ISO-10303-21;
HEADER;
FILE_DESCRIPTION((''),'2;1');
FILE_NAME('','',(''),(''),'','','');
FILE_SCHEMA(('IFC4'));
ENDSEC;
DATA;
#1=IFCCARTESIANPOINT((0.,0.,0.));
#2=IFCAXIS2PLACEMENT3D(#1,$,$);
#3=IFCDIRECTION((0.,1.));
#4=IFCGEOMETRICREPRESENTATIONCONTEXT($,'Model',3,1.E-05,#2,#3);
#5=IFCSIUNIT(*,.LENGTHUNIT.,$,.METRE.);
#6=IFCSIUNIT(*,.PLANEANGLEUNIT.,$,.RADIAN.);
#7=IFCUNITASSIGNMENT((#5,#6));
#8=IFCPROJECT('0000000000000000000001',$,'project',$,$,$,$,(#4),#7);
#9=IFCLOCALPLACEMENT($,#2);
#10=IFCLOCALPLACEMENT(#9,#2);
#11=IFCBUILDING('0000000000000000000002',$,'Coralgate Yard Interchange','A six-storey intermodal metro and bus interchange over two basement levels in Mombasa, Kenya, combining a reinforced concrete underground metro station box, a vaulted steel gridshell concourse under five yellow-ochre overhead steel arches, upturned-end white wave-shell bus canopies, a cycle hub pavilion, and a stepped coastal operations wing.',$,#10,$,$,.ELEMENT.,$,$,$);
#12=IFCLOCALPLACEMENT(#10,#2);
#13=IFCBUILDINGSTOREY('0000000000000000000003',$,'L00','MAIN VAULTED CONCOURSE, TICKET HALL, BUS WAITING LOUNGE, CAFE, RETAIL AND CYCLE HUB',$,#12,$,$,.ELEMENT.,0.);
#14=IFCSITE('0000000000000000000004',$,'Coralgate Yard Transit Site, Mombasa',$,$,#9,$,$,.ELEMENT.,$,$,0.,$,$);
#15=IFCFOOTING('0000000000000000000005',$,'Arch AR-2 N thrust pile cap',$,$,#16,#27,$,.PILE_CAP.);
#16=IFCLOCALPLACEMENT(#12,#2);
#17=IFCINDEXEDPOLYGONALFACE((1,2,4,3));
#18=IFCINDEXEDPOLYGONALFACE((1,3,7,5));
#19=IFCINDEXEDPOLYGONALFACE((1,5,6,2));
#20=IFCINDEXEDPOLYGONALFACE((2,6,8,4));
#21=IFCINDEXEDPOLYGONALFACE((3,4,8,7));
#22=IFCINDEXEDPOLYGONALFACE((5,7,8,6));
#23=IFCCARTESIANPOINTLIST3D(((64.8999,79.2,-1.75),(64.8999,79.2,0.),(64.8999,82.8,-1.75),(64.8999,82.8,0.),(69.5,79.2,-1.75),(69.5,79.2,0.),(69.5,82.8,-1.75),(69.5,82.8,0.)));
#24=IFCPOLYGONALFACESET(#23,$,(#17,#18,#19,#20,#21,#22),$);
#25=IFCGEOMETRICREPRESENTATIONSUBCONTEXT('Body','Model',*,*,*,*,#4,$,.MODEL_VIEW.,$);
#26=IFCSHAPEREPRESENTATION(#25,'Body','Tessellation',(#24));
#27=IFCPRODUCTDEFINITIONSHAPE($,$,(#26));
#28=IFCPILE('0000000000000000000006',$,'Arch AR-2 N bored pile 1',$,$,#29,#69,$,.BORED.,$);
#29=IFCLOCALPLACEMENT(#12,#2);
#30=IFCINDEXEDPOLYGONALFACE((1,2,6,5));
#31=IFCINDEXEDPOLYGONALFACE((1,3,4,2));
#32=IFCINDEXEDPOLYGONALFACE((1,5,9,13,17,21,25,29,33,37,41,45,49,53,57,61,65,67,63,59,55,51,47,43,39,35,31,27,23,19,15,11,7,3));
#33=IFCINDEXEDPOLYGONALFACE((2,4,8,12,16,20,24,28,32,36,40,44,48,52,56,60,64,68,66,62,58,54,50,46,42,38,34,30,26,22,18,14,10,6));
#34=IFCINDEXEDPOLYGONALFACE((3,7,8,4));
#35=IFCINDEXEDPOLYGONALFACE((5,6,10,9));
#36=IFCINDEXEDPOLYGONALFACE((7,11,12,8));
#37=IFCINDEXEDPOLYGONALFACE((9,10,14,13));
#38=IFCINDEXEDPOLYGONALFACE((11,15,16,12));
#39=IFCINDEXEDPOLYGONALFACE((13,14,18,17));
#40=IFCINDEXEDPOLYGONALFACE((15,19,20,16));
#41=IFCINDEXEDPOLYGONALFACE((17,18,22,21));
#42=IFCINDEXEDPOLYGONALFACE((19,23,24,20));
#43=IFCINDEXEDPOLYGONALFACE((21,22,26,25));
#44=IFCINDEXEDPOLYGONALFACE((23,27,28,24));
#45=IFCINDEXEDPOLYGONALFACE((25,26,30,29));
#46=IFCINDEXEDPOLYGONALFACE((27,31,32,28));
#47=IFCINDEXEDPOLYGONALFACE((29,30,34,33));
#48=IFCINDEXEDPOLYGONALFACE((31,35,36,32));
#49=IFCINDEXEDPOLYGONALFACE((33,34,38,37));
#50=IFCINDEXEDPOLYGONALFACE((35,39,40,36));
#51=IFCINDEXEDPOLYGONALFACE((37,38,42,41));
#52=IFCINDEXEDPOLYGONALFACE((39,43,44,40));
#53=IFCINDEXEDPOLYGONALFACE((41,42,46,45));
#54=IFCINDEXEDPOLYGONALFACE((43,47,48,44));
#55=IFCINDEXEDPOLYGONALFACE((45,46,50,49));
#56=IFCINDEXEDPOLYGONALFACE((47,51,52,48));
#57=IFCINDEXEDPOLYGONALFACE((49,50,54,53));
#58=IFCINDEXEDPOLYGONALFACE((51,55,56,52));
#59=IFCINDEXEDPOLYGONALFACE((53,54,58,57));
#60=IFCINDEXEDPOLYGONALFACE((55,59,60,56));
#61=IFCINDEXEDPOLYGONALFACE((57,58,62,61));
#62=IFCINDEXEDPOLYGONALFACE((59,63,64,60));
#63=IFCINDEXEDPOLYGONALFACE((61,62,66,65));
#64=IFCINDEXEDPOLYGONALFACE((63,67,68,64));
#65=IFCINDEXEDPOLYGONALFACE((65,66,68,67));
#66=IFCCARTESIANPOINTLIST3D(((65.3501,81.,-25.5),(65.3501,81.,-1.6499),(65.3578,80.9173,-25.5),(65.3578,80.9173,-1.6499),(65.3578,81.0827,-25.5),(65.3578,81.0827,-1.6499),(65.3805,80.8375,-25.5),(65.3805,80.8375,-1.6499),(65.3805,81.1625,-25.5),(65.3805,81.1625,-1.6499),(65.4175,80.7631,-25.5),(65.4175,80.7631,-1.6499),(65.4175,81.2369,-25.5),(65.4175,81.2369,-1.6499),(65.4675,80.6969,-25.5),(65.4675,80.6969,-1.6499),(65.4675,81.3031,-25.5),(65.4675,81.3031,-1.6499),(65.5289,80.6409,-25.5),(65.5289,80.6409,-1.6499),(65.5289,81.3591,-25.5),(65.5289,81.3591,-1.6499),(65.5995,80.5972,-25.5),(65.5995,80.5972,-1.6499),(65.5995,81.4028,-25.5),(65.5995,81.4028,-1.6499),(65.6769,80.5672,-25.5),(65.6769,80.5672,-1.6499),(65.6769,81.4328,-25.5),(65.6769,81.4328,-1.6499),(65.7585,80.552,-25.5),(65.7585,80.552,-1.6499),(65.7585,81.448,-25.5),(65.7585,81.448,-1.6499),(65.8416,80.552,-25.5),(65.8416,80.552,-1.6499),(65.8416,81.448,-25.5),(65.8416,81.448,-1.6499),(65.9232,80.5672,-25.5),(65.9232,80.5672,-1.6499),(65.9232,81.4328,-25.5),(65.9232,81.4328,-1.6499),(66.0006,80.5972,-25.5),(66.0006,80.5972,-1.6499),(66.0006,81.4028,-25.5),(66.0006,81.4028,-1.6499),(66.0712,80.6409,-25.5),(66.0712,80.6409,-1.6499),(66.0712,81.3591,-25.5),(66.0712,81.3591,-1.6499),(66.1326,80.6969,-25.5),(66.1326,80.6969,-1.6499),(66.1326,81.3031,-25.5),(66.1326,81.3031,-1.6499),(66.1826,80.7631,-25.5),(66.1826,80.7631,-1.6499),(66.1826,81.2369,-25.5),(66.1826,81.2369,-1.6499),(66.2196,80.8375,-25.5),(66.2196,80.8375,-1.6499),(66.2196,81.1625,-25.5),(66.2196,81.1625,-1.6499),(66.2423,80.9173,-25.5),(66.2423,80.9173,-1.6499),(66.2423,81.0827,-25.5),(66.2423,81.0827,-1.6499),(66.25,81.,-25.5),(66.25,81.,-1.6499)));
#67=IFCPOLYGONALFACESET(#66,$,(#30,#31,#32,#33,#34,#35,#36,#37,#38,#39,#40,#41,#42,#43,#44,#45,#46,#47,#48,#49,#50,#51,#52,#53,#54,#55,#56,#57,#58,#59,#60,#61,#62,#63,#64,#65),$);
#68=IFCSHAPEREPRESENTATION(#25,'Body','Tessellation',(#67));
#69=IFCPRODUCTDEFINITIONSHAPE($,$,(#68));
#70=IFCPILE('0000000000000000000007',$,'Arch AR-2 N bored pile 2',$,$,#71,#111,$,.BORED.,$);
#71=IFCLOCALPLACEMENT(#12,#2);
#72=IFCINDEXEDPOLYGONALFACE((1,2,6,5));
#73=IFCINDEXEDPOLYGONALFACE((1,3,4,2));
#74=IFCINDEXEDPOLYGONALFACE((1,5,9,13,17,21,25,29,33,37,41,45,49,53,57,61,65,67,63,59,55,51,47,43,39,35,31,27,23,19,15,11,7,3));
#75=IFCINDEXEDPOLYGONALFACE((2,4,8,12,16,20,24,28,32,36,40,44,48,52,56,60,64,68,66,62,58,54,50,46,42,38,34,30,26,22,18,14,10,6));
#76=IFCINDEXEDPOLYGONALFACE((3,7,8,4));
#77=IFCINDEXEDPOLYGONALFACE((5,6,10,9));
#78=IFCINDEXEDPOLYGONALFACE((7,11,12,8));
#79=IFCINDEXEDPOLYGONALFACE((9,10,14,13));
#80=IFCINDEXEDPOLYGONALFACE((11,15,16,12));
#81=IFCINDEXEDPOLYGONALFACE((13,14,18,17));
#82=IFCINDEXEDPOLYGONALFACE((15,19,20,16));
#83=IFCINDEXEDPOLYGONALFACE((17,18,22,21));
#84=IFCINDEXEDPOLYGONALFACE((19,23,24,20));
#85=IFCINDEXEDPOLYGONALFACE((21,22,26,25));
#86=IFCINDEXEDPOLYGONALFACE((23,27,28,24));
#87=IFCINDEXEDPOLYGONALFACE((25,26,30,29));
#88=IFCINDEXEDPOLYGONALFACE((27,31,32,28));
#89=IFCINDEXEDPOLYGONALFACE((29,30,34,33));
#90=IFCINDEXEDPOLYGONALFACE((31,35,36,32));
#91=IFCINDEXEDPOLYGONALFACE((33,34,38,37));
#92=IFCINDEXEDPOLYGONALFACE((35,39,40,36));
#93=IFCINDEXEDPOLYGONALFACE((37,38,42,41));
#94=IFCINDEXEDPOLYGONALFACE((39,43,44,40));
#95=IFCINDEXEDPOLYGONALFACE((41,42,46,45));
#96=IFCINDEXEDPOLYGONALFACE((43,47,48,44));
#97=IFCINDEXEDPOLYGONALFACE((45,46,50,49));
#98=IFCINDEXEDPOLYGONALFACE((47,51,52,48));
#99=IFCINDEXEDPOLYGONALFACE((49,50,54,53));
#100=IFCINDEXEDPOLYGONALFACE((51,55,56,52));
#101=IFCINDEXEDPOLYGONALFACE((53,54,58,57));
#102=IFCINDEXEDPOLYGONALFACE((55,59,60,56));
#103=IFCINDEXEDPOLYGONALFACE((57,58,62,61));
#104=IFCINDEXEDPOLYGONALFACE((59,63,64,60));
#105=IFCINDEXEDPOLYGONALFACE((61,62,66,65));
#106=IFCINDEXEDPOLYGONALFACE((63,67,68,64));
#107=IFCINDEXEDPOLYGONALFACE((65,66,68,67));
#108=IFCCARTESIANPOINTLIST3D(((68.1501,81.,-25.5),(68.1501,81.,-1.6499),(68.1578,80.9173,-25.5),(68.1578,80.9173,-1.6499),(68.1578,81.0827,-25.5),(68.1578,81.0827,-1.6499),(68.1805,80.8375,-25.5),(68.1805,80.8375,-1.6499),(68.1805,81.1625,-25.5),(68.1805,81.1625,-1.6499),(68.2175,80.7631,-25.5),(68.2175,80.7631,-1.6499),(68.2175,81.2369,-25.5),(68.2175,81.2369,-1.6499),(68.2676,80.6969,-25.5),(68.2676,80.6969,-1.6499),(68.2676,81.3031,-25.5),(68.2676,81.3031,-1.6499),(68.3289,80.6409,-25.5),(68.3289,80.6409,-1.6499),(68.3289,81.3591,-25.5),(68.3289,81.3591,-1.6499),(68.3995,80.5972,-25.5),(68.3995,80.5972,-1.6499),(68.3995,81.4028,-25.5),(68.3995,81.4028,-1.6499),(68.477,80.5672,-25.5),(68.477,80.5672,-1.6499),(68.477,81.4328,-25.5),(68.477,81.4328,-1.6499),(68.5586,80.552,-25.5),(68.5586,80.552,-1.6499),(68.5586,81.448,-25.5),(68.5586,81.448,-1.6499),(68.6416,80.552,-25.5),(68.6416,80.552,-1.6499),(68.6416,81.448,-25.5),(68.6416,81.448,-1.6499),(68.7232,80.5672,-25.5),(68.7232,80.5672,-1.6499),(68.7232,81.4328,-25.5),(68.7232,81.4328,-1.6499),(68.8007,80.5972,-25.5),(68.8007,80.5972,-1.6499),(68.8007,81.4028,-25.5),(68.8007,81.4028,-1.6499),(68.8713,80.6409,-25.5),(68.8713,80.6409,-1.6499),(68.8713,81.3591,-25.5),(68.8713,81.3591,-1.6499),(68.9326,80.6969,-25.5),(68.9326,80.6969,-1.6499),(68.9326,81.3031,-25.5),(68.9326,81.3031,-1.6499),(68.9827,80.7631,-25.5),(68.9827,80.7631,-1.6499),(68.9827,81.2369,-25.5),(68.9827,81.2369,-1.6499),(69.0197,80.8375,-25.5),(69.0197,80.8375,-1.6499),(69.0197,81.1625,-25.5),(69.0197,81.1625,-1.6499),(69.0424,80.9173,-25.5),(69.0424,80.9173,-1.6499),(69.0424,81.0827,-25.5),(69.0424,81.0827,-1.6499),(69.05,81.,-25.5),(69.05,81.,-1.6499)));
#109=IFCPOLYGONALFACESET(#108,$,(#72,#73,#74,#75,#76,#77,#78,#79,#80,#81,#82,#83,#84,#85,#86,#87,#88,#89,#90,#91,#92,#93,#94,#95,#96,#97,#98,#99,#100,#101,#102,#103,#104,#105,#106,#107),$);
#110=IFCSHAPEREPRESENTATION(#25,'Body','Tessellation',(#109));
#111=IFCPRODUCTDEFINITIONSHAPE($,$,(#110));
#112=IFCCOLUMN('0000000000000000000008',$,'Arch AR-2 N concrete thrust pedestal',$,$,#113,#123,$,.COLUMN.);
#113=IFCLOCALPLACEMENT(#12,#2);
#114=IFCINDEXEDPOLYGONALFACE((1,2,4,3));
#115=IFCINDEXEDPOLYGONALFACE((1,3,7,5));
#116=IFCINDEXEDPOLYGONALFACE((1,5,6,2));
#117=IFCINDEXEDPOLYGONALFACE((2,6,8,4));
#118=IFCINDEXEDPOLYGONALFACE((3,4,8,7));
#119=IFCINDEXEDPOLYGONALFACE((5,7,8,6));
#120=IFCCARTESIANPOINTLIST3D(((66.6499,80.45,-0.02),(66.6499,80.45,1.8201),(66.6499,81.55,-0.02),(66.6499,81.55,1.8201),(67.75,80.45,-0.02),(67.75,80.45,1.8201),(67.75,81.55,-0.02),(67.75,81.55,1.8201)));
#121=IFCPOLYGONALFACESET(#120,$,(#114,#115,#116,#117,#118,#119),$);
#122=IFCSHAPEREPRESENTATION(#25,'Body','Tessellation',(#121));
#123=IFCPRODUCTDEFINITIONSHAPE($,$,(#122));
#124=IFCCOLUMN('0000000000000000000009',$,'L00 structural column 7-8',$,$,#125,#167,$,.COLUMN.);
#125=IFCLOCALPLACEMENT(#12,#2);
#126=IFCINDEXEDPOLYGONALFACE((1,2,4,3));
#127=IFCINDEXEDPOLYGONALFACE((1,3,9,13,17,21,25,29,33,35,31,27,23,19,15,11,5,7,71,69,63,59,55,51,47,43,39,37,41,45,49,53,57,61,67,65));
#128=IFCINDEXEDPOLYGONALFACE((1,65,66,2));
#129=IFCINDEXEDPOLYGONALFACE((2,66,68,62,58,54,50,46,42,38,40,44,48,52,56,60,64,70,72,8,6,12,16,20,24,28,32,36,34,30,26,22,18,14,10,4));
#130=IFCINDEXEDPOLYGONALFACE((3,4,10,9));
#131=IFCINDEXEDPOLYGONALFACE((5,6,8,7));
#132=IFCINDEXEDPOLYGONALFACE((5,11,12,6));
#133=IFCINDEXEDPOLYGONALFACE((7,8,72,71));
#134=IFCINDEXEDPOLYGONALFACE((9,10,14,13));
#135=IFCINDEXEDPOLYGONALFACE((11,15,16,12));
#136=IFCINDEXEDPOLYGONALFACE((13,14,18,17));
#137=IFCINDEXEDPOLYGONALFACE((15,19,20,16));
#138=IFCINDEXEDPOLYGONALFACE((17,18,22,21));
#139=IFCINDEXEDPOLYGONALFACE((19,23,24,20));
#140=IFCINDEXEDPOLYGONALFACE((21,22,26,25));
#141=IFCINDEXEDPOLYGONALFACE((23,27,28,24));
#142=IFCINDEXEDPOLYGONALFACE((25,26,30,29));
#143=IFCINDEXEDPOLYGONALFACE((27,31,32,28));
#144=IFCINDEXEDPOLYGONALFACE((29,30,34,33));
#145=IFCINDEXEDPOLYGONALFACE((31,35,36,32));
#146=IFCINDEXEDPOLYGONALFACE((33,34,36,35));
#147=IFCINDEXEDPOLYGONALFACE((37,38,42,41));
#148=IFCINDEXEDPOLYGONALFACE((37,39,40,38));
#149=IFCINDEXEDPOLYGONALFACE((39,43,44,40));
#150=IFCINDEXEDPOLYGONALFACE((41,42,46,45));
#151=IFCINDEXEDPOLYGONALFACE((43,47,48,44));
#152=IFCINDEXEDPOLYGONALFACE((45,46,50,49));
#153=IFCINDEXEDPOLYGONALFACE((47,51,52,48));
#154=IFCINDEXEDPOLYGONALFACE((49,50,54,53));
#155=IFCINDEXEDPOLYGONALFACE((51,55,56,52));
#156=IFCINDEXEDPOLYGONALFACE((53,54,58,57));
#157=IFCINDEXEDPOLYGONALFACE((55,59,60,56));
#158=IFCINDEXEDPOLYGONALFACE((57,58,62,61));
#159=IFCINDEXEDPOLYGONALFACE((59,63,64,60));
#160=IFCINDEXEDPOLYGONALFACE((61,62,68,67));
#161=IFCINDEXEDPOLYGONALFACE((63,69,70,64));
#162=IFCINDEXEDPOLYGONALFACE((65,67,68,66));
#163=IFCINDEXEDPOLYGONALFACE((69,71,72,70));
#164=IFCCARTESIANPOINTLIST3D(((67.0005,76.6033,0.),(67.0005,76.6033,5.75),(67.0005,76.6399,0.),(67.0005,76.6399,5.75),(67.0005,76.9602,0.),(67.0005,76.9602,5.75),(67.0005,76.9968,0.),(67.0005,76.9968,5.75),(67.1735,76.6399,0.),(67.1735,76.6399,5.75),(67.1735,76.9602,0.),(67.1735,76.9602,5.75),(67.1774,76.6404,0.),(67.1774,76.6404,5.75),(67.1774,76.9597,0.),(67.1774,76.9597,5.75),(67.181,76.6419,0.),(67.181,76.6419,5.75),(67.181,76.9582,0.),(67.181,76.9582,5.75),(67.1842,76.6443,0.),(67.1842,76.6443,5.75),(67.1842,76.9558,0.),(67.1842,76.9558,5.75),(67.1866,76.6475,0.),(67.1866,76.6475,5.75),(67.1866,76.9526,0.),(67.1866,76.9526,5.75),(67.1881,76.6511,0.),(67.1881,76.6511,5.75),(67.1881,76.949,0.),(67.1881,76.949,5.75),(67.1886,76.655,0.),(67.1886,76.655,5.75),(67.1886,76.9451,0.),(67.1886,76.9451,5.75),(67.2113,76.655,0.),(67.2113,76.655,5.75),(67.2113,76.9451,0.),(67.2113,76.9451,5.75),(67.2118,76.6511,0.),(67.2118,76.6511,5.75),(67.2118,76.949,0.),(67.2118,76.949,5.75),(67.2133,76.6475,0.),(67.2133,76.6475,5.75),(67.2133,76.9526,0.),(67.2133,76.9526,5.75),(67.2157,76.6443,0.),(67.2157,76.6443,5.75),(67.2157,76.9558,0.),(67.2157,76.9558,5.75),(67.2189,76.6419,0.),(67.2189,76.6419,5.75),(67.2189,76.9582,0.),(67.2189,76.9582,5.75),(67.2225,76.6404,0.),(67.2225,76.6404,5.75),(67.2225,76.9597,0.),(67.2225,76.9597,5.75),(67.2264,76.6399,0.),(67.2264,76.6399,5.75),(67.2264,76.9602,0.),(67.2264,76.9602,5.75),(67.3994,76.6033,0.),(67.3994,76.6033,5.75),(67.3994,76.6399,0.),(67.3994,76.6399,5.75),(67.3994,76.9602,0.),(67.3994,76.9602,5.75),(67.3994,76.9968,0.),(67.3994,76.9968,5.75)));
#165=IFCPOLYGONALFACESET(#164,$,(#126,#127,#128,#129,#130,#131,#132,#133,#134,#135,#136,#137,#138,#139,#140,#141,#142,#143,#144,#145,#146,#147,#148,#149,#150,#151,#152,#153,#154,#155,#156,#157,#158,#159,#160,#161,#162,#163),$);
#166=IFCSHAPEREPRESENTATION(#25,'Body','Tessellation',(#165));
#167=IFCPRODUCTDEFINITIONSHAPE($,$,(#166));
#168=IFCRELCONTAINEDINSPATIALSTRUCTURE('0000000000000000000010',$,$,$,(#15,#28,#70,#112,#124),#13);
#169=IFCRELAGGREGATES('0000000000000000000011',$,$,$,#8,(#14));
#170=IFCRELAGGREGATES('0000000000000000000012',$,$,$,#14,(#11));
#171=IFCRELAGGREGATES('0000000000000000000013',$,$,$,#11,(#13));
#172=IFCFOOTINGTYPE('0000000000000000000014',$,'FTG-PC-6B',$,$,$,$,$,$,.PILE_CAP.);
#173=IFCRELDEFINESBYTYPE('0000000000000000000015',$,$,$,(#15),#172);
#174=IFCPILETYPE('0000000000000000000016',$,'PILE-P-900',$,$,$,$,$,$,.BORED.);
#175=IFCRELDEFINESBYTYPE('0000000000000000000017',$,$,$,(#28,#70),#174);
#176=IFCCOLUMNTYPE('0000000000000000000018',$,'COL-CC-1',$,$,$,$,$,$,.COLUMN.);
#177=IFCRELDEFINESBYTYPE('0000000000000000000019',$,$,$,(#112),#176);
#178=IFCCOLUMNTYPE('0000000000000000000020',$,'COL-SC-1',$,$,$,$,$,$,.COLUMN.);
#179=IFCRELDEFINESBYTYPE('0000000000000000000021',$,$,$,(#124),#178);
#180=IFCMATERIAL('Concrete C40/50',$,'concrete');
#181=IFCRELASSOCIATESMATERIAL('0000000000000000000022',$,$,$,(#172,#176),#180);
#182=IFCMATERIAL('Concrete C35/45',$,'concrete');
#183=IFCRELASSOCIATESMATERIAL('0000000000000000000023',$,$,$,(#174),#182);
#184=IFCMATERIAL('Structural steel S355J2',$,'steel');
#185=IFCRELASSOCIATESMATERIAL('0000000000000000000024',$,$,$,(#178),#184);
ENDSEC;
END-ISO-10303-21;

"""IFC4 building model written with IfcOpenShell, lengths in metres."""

from ifc_helpers import new_model, si_unit, direction, frame, origin, origin_2d, place, context, subcontext, project, spatial, rectangle, circle, i_section, extrude, material, material_profile, profile_set, type_object, element, save


model = new_model("IFC4")

# Units and contexts
model_context = context("Model", 3, precision=1e-05, world=origin(), true_north=direction((0.0, 1.0)))
body_context = subcontext(model_context, "Body", "Model", "MODEL_VIEW")
ifc_project = project(units=[si_unit("LENGTHUNIT", "METRE"), si_unit("PLANEANGLEUNIT", "RADIAN")], contexts=[model_context])

# Site, building, storey
site_placement = place(None, origin())
site = spatial("IfcSite", under=ifc_project, at=site_placement, Name="Coralgate Yard Transit Site, Mombasa", CompositionType="ELEMENT", RefElevation=0.0)
building_placement = place(site_placement, origin())
building = spatial("IfcBuilding", under=site, at=building_placement, Name="Coralgate Yard Interchange", Description="A six-storey intermodal metro and bus interchange over two basement levels in Mombasa, Kenya, combining a reinforced concrete underground metro station box, a vaulted steel gridshell concourse under five yellow-ochre overhead steel arches, upturned-end white wave-shell bus canopies, a cycle hub pavilion, and a stepped coastal operations wing.", CompositionType="ELEMENT")
storey_placement = place(building_placement, origin())
storey = spatial("IfcBuildingStorey", under=building, at=storey_placement, Name="L00", Description="MAIN VAULTED CONCOURSE, TICKET HALL, BUS WAITING LOUNGE, CAFE, RETAIL AND CYCLE HUB", CompositionType="ELEMENT", Elevation=0.0)

# Footing
ifc_material_1 = material(Name="Concrete C40/50", Category="concrete")
footing_type = type_object("IfcFootingType", Name="FTG-PC-6B", PredefinedType="PILE_CAP", material=ifc_material_1)
footing_placement = place(storey_placement, frame((67.2, 81.0, -1.75), z_axis=(0.0, 0.0, 1.0), x_axis=(1.0, 0.0, 0.0)))
element("IfcFooting", 1, at=footing_placement, inside=storey, type_object=footing_type, Name="Arch AR-2 N thrust pile cap", PredefinedType="PILE_CAP", context=body_context, shape_type="SweptSolid", body=[
    extrude(rectangle(XDim=4.6001, YDim=3.6001, at=origin_2d()), origin(), (0.0, 0.0, 1.0), 1.75),
])

# Piles
ifc_material_2 = material(Name="Concrete C35/45", Category="concrete")
ifc_material_profile_1 = material_profile(ifc_material_2, circle(Radius=0.45, at=origin_2d()), Name="BORED PILE D900")
ifc_profile_set_1 = profile_set([ifc_material_profile_1], Name="Concrete C35/45")
pile_type = type_object("IfcPileType", Name="PILE-P-900", PredefinedType="BORED", material=ifc_profile_set_1)
for number, where, z_axis, x_axis, name in (
    (2, (65.8, 81.0, -1.6499), (0.0, 0.0, -1.0), (1.0, 0.0, 0.0), "Arch AR-2 N bored pile 1"),
    (3, (68.6001, 81.0, -1.6499), (0.0, 0.0, -1.0), (1.0, 0.0, 0.0), "Arch AR-2 N bored pile 2"),
):
    element("IfcPile", number, at=place(storey_placement, frame(where, z_axis=z_axis, x_axis=x_axis)), inside=storey, type_object=pile_type, Name=name, PredefinedType="BORED", context=body_context, shape_type="SweptSolid", body=[
        extrude(circle(Radius=0.45, at=origin_2d()), origin(), (0.0, 0.0, 1.0), 23.8501),
    ])

# Columns
ifc_material_profile_2 = material_profile(ifc_material_1, rectangle(XDim=1.1001, YDim=1.1001, at=origin_2d()), Name="RC 1100x1100")
ifc_profile_set_2 = profile_set([ifc_material_profile_2], Name="Concrete C40/50")
column_type_1 = type_object("IfcColumnType", Name="COL-CC-1", PredefinedType="COLUMN", material=ifc_profile_set_2)
column_placement = place(storey_placement, frame((67.2, 81.0, -0.02), z_axis=(0.0, 0.0, 1.0), x_axis=(1.0, 0.0, 0.0)))
element("IfcColumn", 4, at=column_placement, inside=storey, type_object=column_type_1, Name="Arch AR-2 N concrete thrust pedestal", PredefinedType="COLUMN", context=body_context, shape_type="SweptSolid", body=[
    extrude(rectangle(XDim=1.1001, YDim=1.1001, at=origin_2d()), origin(), (0.0, 0.0, 1.0), 1.8401),
])
ifc_material_3 = material(Name="Structural steel S355J2", Category="steel")
ifc_material_profile_3 = material_profile(ifc_material_3, i_section(OverallWidth=0.3989, OverallDepth=0.3936, WebThickness=0.0227, FlangeThickness=0.0366, FilletRadius=0.0151, at=origin_2d()), Name="UC 356x406x287")
ifc_profile_set_3 = profile_set([ifc_material_profile_3], Name="Structural steel S355J2")
column_type_2 = type_object("IfcColumnType", Name="COL-SC-1", PredefinedType="COLUMN", material=ifc_profile_set_3)
for number, where, z_axis, x_axis, name in (
    (5, (67.2, 76.8, 0.0), (0.0, 0.0, 1.0), (1.0, 0.0, 0.0), "L00 structural column 7-8"),
):
    element("IfcColumn", number, at=place(storey_placement, frame(where, z_axis=z_axis, x_axis=x_axis)), inside=storey, type_object=column_type_2, Name=name, PredefinedType="COLUMN", context=body_context, shape_type="SweptSolid", body=[
        extrude(i_section(OverallWidth=0.3989, OverallDepth=0.3936, WebThickness=0.0227, FlangeThickness=0.0366, FilletRadius=0.0151, at=origin_2d()), origin(), (0.0, 0.0, 1.0), 5.75),
    ])

save(model, "model.ifc")
